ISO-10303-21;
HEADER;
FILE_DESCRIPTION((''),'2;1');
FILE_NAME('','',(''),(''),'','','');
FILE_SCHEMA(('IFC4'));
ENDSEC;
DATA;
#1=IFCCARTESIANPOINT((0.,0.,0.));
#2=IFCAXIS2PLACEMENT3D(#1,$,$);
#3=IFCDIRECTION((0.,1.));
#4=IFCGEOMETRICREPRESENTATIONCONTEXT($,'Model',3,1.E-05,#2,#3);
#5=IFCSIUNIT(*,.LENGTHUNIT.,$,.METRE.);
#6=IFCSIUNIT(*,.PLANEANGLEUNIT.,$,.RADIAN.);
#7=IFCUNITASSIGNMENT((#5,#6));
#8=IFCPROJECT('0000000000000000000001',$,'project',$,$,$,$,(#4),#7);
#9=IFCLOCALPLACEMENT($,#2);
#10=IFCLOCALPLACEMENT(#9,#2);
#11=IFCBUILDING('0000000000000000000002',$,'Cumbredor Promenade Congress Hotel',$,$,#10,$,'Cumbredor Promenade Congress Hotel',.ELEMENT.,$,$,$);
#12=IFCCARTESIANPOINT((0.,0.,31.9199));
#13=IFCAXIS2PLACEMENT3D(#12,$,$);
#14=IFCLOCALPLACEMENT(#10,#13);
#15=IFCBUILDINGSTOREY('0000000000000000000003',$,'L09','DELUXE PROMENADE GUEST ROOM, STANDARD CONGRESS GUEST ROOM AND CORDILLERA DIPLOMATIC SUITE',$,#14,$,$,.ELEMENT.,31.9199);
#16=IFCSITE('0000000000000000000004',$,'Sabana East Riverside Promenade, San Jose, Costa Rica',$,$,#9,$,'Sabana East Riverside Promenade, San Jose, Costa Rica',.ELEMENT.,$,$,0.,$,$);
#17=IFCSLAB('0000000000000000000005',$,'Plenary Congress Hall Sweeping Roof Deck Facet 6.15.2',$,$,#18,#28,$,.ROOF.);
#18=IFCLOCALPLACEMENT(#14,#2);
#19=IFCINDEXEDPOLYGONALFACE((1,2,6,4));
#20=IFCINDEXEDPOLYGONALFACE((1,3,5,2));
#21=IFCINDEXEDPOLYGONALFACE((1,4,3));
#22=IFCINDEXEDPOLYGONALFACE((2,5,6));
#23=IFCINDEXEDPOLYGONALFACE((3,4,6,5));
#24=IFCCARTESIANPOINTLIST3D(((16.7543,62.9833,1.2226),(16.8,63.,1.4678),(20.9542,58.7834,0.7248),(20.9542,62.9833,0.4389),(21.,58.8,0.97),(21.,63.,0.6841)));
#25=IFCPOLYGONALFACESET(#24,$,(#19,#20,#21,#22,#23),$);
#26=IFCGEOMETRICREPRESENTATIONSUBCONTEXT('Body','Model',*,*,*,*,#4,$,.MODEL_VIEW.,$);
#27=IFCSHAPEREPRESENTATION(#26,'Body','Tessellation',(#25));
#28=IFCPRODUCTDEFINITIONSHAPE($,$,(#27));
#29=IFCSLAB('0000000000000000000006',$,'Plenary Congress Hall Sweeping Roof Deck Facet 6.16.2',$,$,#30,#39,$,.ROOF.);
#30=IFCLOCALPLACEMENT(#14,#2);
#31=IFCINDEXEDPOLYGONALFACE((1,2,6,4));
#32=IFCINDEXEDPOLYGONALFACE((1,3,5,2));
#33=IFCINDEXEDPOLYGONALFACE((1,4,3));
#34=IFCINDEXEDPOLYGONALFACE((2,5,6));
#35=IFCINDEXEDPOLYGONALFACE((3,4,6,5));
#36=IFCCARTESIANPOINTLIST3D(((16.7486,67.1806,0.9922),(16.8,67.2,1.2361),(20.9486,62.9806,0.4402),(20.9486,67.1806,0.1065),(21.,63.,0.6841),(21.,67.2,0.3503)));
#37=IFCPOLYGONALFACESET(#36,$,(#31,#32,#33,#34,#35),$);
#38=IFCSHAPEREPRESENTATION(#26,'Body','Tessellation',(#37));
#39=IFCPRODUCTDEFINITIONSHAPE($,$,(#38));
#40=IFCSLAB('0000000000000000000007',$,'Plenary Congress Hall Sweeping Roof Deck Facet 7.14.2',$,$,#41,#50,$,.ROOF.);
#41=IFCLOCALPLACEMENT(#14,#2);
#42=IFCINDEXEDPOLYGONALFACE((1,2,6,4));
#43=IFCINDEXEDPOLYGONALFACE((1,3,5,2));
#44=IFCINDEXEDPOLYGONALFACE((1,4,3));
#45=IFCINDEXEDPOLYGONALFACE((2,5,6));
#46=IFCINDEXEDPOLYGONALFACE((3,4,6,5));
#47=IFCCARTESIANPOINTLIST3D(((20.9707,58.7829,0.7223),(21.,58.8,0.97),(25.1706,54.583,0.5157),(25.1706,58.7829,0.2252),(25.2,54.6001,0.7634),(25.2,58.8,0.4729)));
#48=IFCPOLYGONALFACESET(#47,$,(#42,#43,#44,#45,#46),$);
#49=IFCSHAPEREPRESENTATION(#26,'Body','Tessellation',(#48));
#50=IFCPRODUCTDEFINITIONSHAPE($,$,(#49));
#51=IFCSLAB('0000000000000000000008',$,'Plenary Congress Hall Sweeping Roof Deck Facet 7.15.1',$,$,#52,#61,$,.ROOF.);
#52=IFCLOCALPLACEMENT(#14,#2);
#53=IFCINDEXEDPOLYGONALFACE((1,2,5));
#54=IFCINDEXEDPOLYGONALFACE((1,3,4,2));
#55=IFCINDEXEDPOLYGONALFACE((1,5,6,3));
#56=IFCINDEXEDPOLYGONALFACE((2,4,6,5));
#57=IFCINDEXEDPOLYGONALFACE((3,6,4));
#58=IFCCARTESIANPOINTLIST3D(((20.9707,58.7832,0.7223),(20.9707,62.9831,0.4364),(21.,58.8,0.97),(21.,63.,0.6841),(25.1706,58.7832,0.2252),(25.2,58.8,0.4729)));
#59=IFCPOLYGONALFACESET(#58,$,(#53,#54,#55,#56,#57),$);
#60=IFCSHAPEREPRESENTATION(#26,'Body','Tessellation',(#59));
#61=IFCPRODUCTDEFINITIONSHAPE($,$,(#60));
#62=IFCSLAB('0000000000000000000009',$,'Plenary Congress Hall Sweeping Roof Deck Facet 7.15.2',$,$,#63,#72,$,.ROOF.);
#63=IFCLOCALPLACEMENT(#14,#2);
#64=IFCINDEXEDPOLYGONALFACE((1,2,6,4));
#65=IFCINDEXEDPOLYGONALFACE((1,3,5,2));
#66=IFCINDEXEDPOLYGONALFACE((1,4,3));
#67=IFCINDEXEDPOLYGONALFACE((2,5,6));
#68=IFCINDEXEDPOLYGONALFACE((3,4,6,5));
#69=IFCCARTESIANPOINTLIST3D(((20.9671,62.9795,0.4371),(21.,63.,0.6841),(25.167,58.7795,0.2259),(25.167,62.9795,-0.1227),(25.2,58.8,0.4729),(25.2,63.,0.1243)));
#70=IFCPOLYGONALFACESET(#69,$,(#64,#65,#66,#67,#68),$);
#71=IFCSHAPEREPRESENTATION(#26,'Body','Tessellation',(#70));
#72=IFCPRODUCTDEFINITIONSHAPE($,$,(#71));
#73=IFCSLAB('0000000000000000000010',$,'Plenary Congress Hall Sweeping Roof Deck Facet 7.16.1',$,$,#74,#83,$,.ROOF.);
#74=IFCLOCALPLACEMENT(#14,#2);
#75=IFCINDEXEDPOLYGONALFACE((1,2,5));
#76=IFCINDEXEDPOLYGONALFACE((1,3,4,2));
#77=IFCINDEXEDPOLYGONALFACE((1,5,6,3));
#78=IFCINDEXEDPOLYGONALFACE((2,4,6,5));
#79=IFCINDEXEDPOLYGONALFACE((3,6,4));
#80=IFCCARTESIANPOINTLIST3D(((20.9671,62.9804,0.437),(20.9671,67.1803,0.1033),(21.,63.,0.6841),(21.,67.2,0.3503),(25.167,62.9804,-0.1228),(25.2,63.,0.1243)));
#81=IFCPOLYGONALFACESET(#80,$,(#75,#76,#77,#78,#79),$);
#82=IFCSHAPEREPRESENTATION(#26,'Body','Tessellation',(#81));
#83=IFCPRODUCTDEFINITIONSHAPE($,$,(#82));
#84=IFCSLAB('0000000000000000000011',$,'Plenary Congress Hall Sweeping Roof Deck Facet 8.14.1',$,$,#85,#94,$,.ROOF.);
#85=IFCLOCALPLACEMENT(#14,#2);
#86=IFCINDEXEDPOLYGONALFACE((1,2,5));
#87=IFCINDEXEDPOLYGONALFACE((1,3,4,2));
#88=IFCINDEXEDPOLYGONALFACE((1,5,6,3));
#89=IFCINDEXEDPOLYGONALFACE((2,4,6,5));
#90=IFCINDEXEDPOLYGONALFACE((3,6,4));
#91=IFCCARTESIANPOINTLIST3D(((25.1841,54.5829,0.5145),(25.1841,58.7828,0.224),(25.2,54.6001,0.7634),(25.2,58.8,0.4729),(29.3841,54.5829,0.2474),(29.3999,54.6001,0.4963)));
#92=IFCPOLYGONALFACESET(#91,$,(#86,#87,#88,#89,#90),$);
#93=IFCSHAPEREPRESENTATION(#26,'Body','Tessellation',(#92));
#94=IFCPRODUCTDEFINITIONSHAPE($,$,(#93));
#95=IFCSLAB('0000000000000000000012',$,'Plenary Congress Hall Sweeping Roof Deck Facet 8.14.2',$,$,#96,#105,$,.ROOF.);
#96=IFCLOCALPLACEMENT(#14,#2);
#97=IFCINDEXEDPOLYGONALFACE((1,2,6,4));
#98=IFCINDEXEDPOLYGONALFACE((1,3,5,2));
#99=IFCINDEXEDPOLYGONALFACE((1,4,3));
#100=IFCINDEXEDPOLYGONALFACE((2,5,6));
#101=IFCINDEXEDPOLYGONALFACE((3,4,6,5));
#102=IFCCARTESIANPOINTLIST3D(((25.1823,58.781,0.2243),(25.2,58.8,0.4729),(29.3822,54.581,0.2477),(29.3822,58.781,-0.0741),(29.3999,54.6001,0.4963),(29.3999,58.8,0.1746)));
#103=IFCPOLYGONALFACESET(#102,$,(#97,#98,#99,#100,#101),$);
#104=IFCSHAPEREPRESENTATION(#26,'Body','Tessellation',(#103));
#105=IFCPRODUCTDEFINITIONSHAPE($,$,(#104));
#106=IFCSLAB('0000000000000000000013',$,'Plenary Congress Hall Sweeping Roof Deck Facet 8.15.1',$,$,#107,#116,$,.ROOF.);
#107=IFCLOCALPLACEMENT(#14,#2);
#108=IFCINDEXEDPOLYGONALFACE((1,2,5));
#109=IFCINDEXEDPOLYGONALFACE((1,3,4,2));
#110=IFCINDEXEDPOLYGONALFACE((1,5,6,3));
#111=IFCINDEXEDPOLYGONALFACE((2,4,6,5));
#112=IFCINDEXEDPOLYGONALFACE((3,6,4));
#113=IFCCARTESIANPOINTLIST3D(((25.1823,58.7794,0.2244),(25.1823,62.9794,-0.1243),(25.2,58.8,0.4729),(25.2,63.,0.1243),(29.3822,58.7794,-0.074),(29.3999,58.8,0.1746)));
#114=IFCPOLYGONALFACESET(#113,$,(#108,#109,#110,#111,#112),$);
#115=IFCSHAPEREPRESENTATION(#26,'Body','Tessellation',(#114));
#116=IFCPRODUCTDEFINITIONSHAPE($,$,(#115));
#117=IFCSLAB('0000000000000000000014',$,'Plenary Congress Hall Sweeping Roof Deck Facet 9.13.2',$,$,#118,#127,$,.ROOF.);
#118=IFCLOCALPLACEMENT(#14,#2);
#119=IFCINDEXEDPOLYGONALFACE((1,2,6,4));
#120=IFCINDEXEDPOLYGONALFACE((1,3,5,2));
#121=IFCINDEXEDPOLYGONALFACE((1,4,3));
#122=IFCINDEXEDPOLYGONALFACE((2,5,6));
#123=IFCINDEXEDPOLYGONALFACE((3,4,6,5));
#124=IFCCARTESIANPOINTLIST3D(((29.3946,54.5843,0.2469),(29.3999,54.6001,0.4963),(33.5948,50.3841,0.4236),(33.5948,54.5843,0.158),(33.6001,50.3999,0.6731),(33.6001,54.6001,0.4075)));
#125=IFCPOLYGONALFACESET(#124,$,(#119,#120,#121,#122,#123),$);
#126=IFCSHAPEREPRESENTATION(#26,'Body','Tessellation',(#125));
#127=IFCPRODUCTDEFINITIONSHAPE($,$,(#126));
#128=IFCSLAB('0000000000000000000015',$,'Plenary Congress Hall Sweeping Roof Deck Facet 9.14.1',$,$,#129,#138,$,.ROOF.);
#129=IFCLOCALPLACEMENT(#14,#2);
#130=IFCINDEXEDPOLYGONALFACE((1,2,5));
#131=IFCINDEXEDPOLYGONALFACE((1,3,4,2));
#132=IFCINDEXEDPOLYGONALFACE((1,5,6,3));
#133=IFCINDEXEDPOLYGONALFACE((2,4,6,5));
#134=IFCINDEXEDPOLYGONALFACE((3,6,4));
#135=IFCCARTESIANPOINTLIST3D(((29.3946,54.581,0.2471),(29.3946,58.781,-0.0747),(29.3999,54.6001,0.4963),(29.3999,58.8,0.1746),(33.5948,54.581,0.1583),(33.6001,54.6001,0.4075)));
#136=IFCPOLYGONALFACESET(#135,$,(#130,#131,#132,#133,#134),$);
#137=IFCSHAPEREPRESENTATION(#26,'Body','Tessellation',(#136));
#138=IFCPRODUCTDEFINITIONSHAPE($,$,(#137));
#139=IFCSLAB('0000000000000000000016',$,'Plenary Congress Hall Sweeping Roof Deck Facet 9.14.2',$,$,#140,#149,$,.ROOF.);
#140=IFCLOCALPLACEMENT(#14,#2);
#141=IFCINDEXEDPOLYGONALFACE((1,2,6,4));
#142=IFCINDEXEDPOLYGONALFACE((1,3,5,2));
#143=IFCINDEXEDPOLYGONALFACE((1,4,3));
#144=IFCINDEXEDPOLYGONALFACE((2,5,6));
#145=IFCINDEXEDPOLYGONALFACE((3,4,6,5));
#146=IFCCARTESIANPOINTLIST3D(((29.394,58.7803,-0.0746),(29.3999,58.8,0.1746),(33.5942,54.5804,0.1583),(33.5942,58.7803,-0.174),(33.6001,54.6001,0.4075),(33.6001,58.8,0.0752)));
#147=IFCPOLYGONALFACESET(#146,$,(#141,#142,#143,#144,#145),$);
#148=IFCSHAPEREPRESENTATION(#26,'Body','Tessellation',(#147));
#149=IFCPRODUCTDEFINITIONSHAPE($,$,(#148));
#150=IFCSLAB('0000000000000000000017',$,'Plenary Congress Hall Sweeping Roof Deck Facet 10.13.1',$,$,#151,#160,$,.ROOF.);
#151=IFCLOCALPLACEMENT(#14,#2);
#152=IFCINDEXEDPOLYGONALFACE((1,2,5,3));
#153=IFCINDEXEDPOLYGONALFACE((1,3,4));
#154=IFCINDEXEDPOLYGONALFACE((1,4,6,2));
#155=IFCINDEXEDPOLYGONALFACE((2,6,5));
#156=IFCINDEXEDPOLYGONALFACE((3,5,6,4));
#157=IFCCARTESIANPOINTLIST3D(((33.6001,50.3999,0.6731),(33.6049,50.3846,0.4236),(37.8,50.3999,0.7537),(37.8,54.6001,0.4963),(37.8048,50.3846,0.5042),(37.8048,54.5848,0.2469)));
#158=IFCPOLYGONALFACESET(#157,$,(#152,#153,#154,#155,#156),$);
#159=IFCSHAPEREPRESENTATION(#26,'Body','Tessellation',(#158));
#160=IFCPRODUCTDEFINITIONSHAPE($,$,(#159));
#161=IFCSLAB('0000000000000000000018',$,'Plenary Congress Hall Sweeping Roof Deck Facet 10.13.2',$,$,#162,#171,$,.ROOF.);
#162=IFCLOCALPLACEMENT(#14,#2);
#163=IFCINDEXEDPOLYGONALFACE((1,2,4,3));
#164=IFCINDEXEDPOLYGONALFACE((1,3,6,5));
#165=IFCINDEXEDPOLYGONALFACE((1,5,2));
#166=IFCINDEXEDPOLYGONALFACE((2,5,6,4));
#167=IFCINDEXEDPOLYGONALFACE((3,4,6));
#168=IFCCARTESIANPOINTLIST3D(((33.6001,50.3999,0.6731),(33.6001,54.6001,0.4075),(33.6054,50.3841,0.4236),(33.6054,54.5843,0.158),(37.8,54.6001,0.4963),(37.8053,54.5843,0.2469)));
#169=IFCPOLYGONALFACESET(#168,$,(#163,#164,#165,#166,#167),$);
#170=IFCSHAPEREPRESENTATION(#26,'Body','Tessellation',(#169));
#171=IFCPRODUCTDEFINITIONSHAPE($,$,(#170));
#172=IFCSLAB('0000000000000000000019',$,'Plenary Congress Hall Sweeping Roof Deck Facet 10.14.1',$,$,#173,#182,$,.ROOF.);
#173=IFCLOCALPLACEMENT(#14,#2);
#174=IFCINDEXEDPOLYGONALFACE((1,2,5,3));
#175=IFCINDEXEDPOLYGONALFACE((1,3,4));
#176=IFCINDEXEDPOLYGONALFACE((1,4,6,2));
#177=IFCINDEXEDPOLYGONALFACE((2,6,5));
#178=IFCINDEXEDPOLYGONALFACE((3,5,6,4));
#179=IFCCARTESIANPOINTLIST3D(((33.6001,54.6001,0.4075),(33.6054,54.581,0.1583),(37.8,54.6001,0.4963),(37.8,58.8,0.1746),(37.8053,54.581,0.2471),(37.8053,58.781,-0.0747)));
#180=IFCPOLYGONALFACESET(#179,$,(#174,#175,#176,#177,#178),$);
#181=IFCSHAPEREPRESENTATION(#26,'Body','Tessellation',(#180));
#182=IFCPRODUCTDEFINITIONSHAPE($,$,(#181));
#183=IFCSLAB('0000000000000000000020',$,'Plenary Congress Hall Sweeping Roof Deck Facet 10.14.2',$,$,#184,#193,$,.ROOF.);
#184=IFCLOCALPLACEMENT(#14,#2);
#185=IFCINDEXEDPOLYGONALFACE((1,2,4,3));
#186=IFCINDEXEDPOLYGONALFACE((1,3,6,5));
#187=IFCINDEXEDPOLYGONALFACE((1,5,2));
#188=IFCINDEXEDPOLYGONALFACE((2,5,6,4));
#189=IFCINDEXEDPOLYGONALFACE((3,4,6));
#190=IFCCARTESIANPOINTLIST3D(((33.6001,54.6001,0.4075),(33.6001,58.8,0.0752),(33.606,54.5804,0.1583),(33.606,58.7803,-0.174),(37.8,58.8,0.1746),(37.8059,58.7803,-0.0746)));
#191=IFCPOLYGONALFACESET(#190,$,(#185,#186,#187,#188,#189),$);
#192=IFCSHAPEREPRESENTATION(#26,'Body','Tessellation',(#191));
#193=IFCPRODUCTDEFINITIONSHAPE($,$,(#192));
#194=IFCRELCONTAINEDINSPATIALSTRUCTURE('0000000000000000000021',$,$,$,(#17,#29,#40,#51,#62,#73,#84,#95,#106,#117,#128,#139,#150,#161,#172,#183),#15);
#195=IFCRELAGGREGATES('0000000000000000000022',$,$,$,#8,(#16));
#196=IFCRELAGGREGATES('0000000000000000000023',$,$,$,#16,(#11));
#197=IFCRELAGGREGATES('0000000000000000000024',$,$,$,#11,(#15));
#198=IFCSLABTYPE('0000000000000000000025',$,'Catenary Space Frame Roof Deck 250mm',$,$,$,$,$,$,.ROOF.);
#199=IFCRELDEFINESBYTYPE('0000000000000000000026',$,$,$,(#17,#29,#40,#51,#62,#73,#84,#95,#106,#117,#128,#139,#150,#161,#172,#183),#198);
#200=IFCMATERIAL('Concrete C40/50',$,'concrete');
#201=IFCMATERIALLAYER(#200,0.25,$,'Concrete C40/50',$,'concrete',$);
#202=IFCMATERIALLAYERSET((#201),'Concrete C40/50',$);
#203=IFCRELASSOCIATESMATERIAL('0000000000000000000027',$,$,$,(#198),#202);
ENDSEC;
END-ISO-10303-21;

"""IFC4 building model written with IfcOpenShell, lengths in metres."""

from ifc_helpers import new_model, si_unit, direction, frame, origin, place, context, subcontext, project, spatial, polyline, outline, extrude, material, layer, layer_set, type_object, element, save


model = new_model("IFC4")

# Units and contexts
model_context = context("Model", 3, precision=1e-05, world=origin(), true_north=direction((0.0, 1.0)))
body_context = subcontext(model_context, "Body", "Model", "MODEL_VIEW")
ifc_project = project(units=[si_unit("LENGTHUNIT", "METRE"), si_unit("PLANEANGLEUNIT", "RADIAN")], contexts=[model_context])

# Site, building, storey
site_placement = place(None, origin())
site = spatial("IfcSite", under=ifc_project, at=site_placement, Name="Sabana East Riverside Promenade, San Jose, Costa Rica", LongName="Sabana East Riverside Promenade, San Jose, Costa Rica", CompositionType="ELEMENT", RefElevation=0.0)
building_placement = place(site_placement, origin())
building = spatial("IfcBuilding", under=site, at=building_placement, Name="Cumbredor Promenade Congress Hotel", LongName="Cumbredor Promenade Congress Hotel", CompositionType="ELEMENT")
storey_placement = place(building_placement, frame((0.0, 0.0, 31.9199)))
storey = spatial("IfcBuildingStorey", under=building, at=storey_placement, Name="L09", Description="DELUXE PROMENADE GUEST ROOM, STANDARD CONGRESS GUEST ROOM AND CORDILLERA DIPLOMATIC SUITE", CompositionType="ELEMENT", Elevation=31.9199)

# Slabs
ifc_material_1 = material(Name="Concrete C40/50", Category="concrete")
ifc_layer_1 = layer(ifc_material_1, 0.25, Name="Concrete C40/50", Category="concrete")
ifc_layer_set_1 = layer_set([ifc_layer_1], Name="Concrete C40/50")
slab_type = type_object("IfcSlabType", Name="Catenary Space Frame Roof Deck 250mm", PredefinedType="ROOF", material=ifc_layer_set_1)
slab_1_placement = place(storey_placement, frame((21.0, 58.8, 0.97), z_axis=(0.18302, 0.066765, 0.980839), x_axis=(0.0, 0.997691, -0.067912)))
element("IfcSlab", 1, at=slab_1_placement, inside=storey, type_object=slab_type, Name="Plenary Congress Hall Sweeping Roof Deck Facet 6.15.2", PredefinedType="ROOF", context=body_context, shape_type="SweptSolid", body=[
    extrude(outline(polyline([(0.0, 0.0), (4.2097, 0.0), (4.1564, 4.2721), (0.0, 0.0)])), origin(), (0.0, 0.0, -1.0), 0.25),
])
slab_2_placement = place(storey_placement, frame((21.0, 63.0, 0.6841), z_axis=(0.205734, 0.077519, 0.975533), x_axis=(0.0, 0.996858, -0.079213)))
element("IfcSlab", 2, at=slab_2_placement, inside=storey, type_object=slab_type, Name="Plenary Congress Hall Sweeping Roof Deck Facet 6.16.2", PredefinedType="ROOF", context=body_context, shape_type="SweptSolid", body=[
    extrude(outline(polyline([(0.0, 0.0), (4.2132, 0.0), (4.143, 4.2918), (0.0, 0.0)])), origin(), (0.0, 0.0, -1.0), 0.25),
])
slab_3_placement = place(storey_placement, frame((25.2, 54.6001, 0.7634), z_axis=(0.117255, 0.068533, 0.990734), x_axis=(0.0, 0.997616, -0.069009)))
element("IfcSlab", 3, at=slab_3_placement, inside=storey, type_object=slab_type, Name="Plenary Congress Hall Sweeping Roof Deck Facet 7.14.2", PredefinedType="ROOF", context=body_context, shape_type="SweptSolid", body=[
    extrude(outline(polyline([(0.0, 0.0), (4.21, 0.0), (4.1757, 4.2291), (0.0, 0.0)])), origin(), (0.0, 0.0, -1.0), 0.25),
])
slab_4_placement = place(storey_placement, frame((21.0, 58.8, 0.97), z_axis=(0.117264, 0.067444, 0.990808), x_axis=(0.993069, 0.0, -0.117531)))
element("IfcSlab", 4, at=slab_4_placement, inside=storey, type_object=slab_type, Name="Plenary Congress Hall Sweeping Roof Deck Facet 7.15.1", PredefinedType="ROOF", context=body_context, shape_type="SweptSolid", body=[
    extrude(outline(polyline([(0.0, 0.0), (4.2293, 0.0), (0.0336, 4.2095), (0.0, 0.0)])), origin(), (0.0, 0.0, -1.0), 0.25),
])
slab_5_placement = place(storey_placement, frame((25.2, 58.8, 0.4729), z_axis=(0.131677, 0.082004, 0.987895), x_axis=(0.0, 0.996572, -0.082724)))
element("IfcSlab", 5, at=slab_5_placement, inside=storey, type_object=slab_type, Name="Plenary Congress Hall Sweeping Roof Deck Facet 7.15.2", PredefinedType="ROOF", context=body_context, shape_type="SweptSolid", body=[
    extrude(outline(polyline([(0.0, 0.0), (4.2144, 0.0), (4.1681, 4.2368), (0.0, 0.0)])), origin(), (0.0, 0.0, -1.0), 0.25),
])
slab_6_placement = place(storey_placement, frame((21.0, 63.0, 0.6841), z_axis=(0.131714, 0.078523, 0.988173), x_axis=(0.991233, 0.0, -0.132122)))
element("IfcSlab", 6, at=slab_6_placement, inside=storey, type_object=slab_type, Name="Plenary Congress Hall Sweeping Roof Deck Facet 7.16.1", PredefinedType="ROOF", context=body_context, shape_type="SweptSolid", body=[
    extrude(outline(polyline([(0.0, 0.0), (4.2371, 0.0), (0.0441, 4.213), (0.0, 0.0)])), origin(), (0.0, 0.0, -1.0), 0.25),
])
slab_7_placement = place(storey_placement, frame((25.2, 54.6001, 0.7634), z_axis=(0.063315, 0.068871, 0.995614), x_axis=(0.997984, 0.0, -0.063465)))
element("IfcSlab", 7, at=slab_7_placement, inside=storey, type_object=slab_type, Name="Plenary Congress Hall Sweeping Roof Deck Facet 8.14.1", PredefinedType="ROOF", context=body_context, shape_type="SweptSolid", body=[
    extrude(outline(polyline([(0.0, 0.0), (4.2084, 0.0), (0.0184, 4.2099), (0.0, 0.0)])), origin(), (0.0, 0.0, -1.0), 0.25),
])
slab_8_placement = place(storey_placement, frame((29.3999, 54.6001, 0.4963), z_axis=(0.07065, 0.0762, 0.994586), x_axis=(0.0, 0.997078, -0.076391)))
element("IfcSlab", 8, at=slab_8_placement, inside=storey, type_object=slab_type, Name="Plenary Congress Hall Sweeping Roof Deck Facet 8.14.2", PredefinedType="ROOF", context=body_context, shape_type="SweptSolid", body=[
    extrude(outline(polyline([(0.0, 0.0), (4.2123, 0.0), (4.1895, 4.2105), (0.0, 0.0)])), origin(), (0.0, 0.0, -1.0), 0.25),
])
slab_9_placement = place(storey_placement, frame((25.2, 58.8, 0.4729), z_axis=(0.070614, 0.082518, 0.994085), x_axis=(0.997487, 0.0, -0.070856)))
element("IfcSlab", 9, at=slab_9_placement, inside=storey, type_object=slab_type, Name="Plenary Congress Hall Sweeping Roof Deck Facet 8.15.1", PredefinedType="ROOF", context=body_context, shape_type="SweptSolid", body=[
    extrude(outline(polyline([(0.0, 0.0), (4.2105, 0.0), (0.0247, 4.2143), (0.0, 0.0)])), origin(), (0.0, 0.0, -1.0), 0.25),
])
slab_10_placement = place(storey_placement, frame((33.6001, 50.3999, 0.6731), z_axis=(0.021111, 0.063101, 0.997784), x_axis=(0.0, 0.998006, -0.063115)))
element("IfcSlab", 10, at=slab_10_placement, inside=storey, type_object=slab_type, Name="Plenary Congress Hall Sweeping Roof Deck Facet 9.13.2", PredefinedType="ROOF", context=body_context, shape_type="SweptSolid", body=[
    extrude(outline(polyline([(0.0, 0.0), (4.2086, 0.0), (4.203, 4.2011), (0.0, 0.0)])), origin(), (0.0, 0.0, -1.0), 0.25),
])
slab_11_placement = place(storey_placement, frame((29.3999, 54.6001, 0.4963), z_axis=(0.021091, 0.076374, 0.996856), x_axis=(0.999776, 0.0, -0.021153)))
element("IfcSlab", 11, at=slab_11_placement, inside=storey, type_object=slab_type, Name="Plenary Congress Hall Sweeping Roof Deck Facet 9.14.1", PredefinedType="ROOF", context=body_context, shape_type="SweptSolid", body=[
    extrude(outline(polyline([(0.0, 0.0), (4.2011, 0.0), (0.0068, 4.2123), (0.0, 0.0)])), origin(), (0.0, 0.0, -1.0), 0.25),
])
slab_12_placement = place(storey_placement, frame((33.6001, 54.6001, 0.4075), z_axis=(0.023577, 0.078846, 0.996608), x_axis=(0.0, 0.996885, -0.078868)))
element("IfcSlab", 12, at=slab_12_placement, inside=storey, type_object=slab_type, Name="Plenary Congress Hall Sweeping Roof Deck Facet 9.14.2", PredefinedType="ROOF", context=body_context, shape_type="SweptSolid", body=[
    extrude(outline(polyline([(0.0, 0.0), (4.2131, 0.0), (4.2052, 4.2014), (0.0, 0.0)])), origin(), (0.0, 0.0, -1.0), 0.25),
])
slab_13_placement = place(storey_placement, frame((33.6001, 50.3999, 0.6731), z_axis=(-0.019143, 0.061139, 0.997946), x_axis=(0.999816, 0.0, 0.019179)))
element("IfcSlab", 13, at=slab_13_placement, inside=storey, type_object=slab_type, Name="Plenary Congress Hall Sweeping Roof Deck Facet 10.13.1", PredefinedType="ROOF", context=body_context, shape_type="SweptSolid", body=[
    extrude(outline(polyline([(0.0, 0.0), (4.2007, 0.0), (4.1958, 4.2081), (0.0, 0.0)])), origin(), (0.0, 0.0, -1.0), 0.25),
])
slab_14_placement = place(storey_placement, frame((33.6001, 50.3999, 0.6731), z_axis=(-0.021112, 0.063101, 0.997784), x_axis=(0.706773, 0.706814, -0.029745)))
element("IfcSlab", 14, at=slab_14_placement, inside=storey, type_object=slab_type, Name="Plenary Congress Hall Sweeping Roof Deck Facet 10.13.2", PredefinedType="ROOF", context=body_context, shape_type="SweptSolid", body=[
    extrude(outline(polyline([(0.0, 0.0), (5.9424, 0.0), (2.9767, 2.9752), (0.0, 0.0)])), origin(), (0.0, 0.0, -1.0), 0.25),
])
slab_15_placement = place(storey_placement, frame((33.6001, 54.6001, 0.4075), z_axis=(-0.021093, 0.076374, 0.996856), x_axis=(0.999776, 0.0, 0.021154)))
element("IfcSlab", 15, at=slab_15_placement, inside=storey, type_object=slab_type, Name="Plenary Congress Hall Sweeping Roof Deck Facet 10.14.1", PredefinedType="ROOF", context=body_context, shape_type="SweptSolid", body=[
    extrude(outline(polyline([(0.0, 0.0), (4.2009, 0.0), (4.1941, 4.2123), (0.0, 0.0)])), origin(), (0.0, 0.0, -1.0), 0.25),
])
slab_16_placement = place(storey_placement, frame((33.6001, 54.6001, 0.4075), z_axis=(-0.023578, 0.078846, 0.996608), x_axis=(0.706564, 0.706564, -0.039183)))
element("IfcSlab", 16, at=slab_16_placement, inside=storey, type_object=slab_type, Name="Plenary Congress Hall Sweeping Roof Deck Facet 10.14.2", PredefinedType="ROOF", context=body_context, shape_type="SweptSolid", body=[
    extrude(outline(polyline([(0.0, 0.0), (5.9442, 0.0), (2.9806, 2.9776), (0.0, 0.0)])), origin(), (0.0, 0.0, -1.0), 0.25),
])

save(model, "model.ifc")
